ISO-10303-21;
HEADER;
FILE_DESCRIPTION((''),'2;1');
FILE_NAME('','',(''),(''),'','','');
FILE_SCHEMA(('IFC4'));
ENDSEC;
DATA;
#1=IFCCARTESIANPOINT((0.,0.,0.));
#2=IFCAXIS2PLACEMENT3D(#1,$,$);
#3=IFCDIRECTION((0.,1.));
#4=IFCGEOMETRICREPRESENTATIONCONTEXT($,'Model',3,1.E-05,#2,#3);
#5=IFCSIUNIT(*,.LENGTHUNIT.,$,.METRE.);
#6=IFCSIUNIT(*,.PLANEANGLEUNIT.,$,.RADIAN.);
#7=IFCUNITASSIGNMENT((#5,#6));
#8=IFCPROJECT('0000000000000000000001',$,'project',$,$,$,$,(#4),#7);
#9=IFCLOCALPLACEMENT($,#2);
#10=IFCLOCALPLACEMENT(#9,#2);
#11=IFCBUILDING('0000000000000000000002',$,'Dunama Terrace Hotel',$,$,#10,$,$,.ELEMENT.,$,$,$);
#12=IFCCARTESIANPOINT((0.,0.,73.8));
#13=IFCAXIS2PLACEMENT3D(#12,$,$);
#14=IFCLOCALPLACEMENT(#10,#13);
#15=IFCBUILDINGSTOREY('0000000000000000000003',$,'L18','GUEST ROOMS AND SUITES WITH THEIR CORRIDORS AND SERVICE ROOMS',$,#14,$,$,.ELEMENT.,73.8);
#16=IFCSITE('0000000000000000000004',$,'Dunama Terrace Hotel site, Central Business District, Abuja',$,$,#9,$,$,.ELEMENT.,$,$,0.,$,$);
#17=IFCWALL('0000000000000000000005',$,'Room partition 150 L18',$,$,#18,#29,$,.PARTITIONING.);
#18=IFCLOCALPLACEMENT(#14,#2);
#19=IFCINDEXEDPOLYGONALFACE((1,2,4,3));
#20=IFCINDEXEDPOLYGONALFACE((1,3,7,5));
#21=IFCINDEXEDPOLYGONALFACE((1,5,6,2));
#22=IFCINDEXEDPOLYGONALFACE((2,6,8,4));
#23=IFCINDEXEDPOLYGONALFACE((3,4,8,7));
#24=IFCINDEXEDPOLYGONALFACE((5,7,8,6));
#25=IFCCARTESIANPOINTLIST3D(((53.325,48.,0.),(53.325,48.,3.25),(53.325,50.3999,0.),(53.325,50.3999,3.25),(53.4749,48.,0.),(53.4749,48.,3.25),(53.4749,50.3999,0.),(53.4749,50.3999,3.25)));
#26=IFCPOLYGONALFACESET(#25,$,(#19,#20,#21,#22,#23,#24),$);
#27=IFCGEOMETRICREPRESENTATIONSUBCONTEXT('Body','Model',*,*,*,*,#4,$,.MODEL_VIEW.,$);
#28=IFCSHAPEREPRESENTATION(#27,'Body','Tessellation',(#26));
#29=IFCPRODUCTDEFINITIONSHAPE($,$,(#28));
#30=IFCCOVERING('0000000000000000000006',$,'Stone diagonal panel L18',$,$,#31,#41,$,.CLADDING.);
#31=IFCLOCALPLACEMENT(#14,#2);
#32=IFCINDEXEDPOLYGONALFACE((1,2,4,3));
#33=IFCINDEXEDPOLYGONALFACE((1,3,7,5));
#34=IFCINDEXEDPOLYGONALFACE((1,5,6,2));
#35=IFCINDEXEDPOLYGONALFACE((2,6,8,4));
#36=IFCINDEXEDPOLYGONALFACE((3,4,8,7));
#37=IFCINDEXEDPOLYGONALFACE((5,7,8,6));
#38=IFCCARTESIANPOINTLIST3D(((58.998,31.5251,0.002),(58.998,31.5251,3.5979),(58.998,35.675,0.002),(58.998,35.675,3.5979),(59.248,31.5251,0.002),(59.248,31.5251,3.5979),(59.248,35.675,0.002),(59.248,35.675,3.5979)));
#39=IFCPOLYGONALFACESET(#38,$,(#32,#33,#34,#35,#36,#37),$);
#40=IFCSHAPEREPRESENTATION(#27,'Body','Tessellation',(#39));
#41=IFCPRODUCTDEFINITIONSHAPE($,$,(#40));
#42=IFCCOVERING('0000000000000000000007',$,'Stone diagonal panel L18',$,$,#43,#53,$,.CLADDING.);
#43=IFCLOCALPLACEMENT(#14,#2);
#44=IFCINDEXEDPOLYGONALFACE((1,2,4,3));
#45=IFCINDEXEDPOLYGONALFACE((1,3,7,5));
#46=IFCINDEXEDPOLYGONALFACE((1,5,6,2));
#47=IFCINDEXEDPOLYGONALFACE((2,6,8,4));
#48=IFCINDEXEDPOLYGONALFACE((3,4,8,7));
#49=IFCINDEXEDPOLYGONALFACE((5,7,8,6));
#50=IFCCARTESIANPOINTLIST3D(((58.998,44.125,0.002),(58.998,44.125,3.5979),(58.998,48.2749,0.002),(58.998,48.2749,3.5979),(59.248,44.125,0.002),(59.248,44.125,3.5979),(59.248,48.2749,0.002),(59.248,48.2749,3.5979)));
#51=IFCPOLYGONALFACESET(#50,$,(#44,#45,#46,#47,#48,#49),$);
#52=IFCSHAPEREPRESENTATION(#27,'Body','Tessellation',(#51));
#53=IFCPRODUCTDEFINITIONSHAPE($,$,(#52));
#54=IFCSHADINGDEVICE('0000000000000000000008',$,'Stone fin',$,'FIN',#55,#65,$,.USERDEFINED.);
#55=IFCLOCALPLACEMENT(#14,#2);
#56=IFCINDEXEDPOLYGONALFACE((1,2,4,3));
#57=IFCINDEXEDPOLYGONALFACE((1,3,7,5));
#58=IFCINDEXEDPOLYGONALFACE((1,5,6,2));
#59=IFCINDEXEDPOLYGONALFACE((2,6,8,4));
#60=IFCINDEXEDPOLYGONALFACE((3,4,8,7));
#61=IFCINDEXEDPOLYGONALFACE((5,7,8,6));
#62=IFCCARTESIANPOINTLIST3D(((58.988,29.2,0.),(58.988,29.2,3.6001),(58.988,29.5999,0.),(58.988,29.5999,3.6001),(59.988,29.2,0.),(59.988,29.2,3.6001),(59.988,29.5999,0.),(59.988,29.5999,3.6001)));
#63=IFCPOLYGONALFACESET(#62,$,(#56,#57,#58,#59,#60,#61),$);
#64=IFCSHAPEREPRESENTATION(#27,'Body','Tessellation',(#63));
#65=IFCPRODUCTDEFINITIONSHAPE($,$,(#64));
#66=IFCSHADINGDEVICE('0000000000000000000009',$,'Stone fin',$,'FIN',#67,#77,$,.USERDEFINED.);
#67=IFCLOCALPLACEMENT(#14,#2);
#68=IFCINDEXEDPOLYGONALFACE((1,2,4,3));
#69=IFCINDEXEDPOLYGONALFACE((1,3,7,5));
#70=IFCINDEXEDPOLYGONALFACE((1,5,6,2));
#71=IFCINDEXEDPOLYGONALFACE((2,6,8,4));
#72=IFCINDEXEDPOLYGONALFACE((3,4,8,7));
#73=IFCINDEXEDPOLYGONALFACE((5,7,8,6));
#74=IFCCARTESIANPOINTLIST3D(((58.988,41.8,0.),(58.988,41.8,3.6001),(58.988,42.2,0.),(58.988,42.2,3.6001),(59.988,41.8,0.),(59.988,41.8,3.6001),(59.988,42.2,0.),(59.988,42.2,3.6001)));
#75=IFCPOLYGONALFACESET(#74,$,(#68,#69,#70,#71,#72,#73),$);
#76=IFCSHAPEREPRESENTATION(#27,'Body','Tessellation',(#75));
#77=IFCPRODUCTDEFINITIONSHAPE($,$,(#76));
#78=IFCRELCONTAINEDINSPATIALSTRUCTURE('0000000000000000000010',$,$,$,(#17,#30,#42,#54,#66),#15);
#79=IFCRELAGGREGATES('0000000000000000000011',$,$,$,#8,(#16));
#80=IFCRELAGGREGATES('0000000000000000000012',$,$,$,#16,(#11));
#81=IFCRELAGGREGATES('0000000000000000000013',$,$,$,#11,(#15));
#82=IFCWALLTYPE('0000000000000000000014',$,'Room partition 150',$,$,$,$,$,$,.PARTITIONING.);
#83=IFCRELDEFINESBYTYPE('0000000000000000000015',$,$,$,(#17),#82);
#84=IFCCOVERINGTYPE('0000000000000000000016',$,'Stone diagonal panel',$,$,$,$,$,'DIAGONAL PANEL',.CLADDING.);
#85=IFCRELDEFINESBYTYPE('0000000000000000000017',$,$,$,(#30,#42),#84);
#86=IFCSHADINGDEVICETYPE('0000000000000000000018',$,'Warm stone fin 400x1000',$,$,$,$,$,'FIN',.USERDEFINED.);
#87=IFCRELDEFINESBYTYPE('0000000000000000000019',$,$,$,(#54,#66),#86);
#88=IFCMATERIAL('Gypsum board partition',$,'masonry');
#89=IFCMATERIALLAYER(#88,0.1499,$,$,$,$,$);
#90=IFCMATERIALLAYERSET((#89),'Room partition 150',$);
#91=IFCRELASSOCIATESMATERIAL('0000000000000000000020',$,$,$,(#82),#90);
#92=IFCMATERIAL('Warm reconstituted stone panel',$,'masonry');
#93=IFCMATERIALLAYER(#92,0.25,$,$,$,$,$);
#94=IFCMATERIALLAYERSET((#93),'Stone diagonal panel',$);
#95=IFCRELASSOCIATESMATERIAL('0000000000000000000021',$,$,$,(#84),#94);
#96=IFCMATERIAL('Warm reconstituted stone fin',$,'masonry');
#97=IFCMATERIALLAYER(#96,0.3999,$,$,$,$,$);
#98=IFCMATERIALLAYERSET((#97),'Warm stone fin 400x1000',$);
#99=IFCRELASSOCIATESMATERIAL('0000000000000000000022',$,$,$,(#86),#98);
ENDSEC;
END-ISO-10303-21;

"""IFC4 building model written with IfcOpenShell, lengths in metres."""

from ifc_helpers import new_model, si_unit, direction, frame, frame_2d, origin, origin_2d, place, context, subcontext, project, spatial, rectangle, extrude, material, layer, layer_set, type_object, element, save


model = new_model("IFC4")

# Units and contexts
model_context = context("Model", 3, precision=1e-05, world=origin(), true_north=direction((0.0, 1.0)))
body_context = subcontext(model_context, "Body", "Model", "MODEL_VIEW")
ifc_project = project(units=[si_unit("LENGTHUNIT", "METRE"), si_unit("PLANEANGLEUNIT", "RADIAN")], contexts=[model_context])

# Site, building, storey
site_placement = place(None, origin())
site = spatial("IfcSite", under=ifc_project, at=site_placement, Name="Dunama Terrace Hotel site, Central Business District, Abuja", CompositionType="ELEMENT", RefElevation=0.0)
building_placement = place(site_placement, origin())
building = spatial("IfcBuilding", under=site, at=building_placement, Name="Dunama Terrace Hotel", CompositionType="ELEMENT")
storey_placement = place(building_placement, frame((0.0, 0.0, 73.8)))
storey = spatial("IfcBuildingStorey", under=building, at=storey_placement, Name="L18", Description="GUEST ROOMS AND SUITES WITH THEIR CORRIDORS AND SERVICE ROOMS", CompositionType="ELEMENT", Elevation=73.8)

# Shared definitions
ifc_material_1 = material(Name="Gypsum board partition", Category="masonry")
ifc_layer_1 = layer(ifc_material_1, 0.1499)
ifc_layer_set_1 = layer_set([ifc_layer_1], Name="Room partition 150")
wall_type = type_object("IfcWallType", Name="Room partition 150", PredefinedType="PARTITIONING", material=ifc_layer_set_1)

# Wall
wall_1_placement = place(storey_placement, frame((53.3999, 48.0, 0.0), z_axis=(0.0, 0.0, 1.0), x_axis=(0.0, 1.0, 0.0)))
element("IfcWall", 1, at=wall_1_placement, inside=storey, type_object=wall_type, Name="Room partition 150 L18", PredefinedType="PARTITIONING", context=body_context, shape_type="SweptSolid", body=[
    extrude(rectangle(XDim=2.3999, YDim=0.1499, at=frame_2d((1.2, 0.0))), origin(), (0.0, 0.0, 1.0), 3.25),
])

# Coverings
ifc_material_2 = material(Name="Warm reconstituted stone panel", Category="masonry")
ifc_layer_2 = layer(ifc_material_2, 0.25)
ifc_layer_set_2 = layer_set([ifc_layer_2], Name="Stone diagonal panel")
covering_type = type_object("IfcCoveringType", Name="Stone diagonal panel", ElementType="DIAGONAL PANEL", PredefinedType="CLADDING", material=ifc_layer_set_2)
for number, where, z_axis, x_axis, name in (
    (2, (59.123, 33.6001, 0.002), (0.0, 0.0, 1.0), (0.0, 1.0, 0.0), "Stone diagonal panel L18"),
    (3, (59.123, 46.2, 0.002), (0.0, 0.0, 1.0), (0.0, 1.0, 0.0), "Stone diagonal panel L18"),
):
    element("IfcCovering", number, at=place(storey_placement, frame(where, z_axis=z_axis, x_axis=x_axis)), inside=storey, type_object=covering_type, Name=name, PredefinedType="CLADDING", context=body_context, shape_type="SweptSolid", body=[
        extrude(rectangle(XDim=4.1499, YDim=0.25, at=origin_2d()), origin(), (0.0, 0.0, 1.0), 3.5959),
    ])

# Shading devices
ifc_material_3 = material(Name="Warm reconstituted stone fin", Category="masonry")
ifc_layer_3 = layer(ifc_material_3, 0.3999)
ifc_layer_set_3 = layer_set([ifc_layer_3], Name="Warm stone fin 400x1000")
shading_device_type = type_object("IfcShadingDeviceType", Name="Warm stone fin 400x1000", ElementType="FIN", PredefinedType="USERDEFINED", material=ifc_layer_set_3)
for number, where, z_axis, x_axis, name in (
    (4, (59.488, 29.3999, 0.0), (0.0, 0.0, 1.0), (0.0, 1.0, 0.0), "Stone fin"),
    (5, (59.488, 42.0, 0.0), (0.0, 0.0, 1.0), (0.0, 1.0, 0.0), "Stone fin"),
):
    element("IfcShadingDevice", number, at=place(storey_placement, frame(where, z_axis=z_axis, x_axis=x_axis)), inside=storey, type_object=shading_device_type, Name=name, ObjectType="FIN", PredefinedType="USERDEFINED", context=body_context, shape_type="SweptSolid", body=[
        extrude(rectangle(XDim=0.3999, YDim=1.0, at=origin_2d()), origin(), (0.0, 0.0, 1.0), 3.6001),
    ])

save(model, "model.ifc")
